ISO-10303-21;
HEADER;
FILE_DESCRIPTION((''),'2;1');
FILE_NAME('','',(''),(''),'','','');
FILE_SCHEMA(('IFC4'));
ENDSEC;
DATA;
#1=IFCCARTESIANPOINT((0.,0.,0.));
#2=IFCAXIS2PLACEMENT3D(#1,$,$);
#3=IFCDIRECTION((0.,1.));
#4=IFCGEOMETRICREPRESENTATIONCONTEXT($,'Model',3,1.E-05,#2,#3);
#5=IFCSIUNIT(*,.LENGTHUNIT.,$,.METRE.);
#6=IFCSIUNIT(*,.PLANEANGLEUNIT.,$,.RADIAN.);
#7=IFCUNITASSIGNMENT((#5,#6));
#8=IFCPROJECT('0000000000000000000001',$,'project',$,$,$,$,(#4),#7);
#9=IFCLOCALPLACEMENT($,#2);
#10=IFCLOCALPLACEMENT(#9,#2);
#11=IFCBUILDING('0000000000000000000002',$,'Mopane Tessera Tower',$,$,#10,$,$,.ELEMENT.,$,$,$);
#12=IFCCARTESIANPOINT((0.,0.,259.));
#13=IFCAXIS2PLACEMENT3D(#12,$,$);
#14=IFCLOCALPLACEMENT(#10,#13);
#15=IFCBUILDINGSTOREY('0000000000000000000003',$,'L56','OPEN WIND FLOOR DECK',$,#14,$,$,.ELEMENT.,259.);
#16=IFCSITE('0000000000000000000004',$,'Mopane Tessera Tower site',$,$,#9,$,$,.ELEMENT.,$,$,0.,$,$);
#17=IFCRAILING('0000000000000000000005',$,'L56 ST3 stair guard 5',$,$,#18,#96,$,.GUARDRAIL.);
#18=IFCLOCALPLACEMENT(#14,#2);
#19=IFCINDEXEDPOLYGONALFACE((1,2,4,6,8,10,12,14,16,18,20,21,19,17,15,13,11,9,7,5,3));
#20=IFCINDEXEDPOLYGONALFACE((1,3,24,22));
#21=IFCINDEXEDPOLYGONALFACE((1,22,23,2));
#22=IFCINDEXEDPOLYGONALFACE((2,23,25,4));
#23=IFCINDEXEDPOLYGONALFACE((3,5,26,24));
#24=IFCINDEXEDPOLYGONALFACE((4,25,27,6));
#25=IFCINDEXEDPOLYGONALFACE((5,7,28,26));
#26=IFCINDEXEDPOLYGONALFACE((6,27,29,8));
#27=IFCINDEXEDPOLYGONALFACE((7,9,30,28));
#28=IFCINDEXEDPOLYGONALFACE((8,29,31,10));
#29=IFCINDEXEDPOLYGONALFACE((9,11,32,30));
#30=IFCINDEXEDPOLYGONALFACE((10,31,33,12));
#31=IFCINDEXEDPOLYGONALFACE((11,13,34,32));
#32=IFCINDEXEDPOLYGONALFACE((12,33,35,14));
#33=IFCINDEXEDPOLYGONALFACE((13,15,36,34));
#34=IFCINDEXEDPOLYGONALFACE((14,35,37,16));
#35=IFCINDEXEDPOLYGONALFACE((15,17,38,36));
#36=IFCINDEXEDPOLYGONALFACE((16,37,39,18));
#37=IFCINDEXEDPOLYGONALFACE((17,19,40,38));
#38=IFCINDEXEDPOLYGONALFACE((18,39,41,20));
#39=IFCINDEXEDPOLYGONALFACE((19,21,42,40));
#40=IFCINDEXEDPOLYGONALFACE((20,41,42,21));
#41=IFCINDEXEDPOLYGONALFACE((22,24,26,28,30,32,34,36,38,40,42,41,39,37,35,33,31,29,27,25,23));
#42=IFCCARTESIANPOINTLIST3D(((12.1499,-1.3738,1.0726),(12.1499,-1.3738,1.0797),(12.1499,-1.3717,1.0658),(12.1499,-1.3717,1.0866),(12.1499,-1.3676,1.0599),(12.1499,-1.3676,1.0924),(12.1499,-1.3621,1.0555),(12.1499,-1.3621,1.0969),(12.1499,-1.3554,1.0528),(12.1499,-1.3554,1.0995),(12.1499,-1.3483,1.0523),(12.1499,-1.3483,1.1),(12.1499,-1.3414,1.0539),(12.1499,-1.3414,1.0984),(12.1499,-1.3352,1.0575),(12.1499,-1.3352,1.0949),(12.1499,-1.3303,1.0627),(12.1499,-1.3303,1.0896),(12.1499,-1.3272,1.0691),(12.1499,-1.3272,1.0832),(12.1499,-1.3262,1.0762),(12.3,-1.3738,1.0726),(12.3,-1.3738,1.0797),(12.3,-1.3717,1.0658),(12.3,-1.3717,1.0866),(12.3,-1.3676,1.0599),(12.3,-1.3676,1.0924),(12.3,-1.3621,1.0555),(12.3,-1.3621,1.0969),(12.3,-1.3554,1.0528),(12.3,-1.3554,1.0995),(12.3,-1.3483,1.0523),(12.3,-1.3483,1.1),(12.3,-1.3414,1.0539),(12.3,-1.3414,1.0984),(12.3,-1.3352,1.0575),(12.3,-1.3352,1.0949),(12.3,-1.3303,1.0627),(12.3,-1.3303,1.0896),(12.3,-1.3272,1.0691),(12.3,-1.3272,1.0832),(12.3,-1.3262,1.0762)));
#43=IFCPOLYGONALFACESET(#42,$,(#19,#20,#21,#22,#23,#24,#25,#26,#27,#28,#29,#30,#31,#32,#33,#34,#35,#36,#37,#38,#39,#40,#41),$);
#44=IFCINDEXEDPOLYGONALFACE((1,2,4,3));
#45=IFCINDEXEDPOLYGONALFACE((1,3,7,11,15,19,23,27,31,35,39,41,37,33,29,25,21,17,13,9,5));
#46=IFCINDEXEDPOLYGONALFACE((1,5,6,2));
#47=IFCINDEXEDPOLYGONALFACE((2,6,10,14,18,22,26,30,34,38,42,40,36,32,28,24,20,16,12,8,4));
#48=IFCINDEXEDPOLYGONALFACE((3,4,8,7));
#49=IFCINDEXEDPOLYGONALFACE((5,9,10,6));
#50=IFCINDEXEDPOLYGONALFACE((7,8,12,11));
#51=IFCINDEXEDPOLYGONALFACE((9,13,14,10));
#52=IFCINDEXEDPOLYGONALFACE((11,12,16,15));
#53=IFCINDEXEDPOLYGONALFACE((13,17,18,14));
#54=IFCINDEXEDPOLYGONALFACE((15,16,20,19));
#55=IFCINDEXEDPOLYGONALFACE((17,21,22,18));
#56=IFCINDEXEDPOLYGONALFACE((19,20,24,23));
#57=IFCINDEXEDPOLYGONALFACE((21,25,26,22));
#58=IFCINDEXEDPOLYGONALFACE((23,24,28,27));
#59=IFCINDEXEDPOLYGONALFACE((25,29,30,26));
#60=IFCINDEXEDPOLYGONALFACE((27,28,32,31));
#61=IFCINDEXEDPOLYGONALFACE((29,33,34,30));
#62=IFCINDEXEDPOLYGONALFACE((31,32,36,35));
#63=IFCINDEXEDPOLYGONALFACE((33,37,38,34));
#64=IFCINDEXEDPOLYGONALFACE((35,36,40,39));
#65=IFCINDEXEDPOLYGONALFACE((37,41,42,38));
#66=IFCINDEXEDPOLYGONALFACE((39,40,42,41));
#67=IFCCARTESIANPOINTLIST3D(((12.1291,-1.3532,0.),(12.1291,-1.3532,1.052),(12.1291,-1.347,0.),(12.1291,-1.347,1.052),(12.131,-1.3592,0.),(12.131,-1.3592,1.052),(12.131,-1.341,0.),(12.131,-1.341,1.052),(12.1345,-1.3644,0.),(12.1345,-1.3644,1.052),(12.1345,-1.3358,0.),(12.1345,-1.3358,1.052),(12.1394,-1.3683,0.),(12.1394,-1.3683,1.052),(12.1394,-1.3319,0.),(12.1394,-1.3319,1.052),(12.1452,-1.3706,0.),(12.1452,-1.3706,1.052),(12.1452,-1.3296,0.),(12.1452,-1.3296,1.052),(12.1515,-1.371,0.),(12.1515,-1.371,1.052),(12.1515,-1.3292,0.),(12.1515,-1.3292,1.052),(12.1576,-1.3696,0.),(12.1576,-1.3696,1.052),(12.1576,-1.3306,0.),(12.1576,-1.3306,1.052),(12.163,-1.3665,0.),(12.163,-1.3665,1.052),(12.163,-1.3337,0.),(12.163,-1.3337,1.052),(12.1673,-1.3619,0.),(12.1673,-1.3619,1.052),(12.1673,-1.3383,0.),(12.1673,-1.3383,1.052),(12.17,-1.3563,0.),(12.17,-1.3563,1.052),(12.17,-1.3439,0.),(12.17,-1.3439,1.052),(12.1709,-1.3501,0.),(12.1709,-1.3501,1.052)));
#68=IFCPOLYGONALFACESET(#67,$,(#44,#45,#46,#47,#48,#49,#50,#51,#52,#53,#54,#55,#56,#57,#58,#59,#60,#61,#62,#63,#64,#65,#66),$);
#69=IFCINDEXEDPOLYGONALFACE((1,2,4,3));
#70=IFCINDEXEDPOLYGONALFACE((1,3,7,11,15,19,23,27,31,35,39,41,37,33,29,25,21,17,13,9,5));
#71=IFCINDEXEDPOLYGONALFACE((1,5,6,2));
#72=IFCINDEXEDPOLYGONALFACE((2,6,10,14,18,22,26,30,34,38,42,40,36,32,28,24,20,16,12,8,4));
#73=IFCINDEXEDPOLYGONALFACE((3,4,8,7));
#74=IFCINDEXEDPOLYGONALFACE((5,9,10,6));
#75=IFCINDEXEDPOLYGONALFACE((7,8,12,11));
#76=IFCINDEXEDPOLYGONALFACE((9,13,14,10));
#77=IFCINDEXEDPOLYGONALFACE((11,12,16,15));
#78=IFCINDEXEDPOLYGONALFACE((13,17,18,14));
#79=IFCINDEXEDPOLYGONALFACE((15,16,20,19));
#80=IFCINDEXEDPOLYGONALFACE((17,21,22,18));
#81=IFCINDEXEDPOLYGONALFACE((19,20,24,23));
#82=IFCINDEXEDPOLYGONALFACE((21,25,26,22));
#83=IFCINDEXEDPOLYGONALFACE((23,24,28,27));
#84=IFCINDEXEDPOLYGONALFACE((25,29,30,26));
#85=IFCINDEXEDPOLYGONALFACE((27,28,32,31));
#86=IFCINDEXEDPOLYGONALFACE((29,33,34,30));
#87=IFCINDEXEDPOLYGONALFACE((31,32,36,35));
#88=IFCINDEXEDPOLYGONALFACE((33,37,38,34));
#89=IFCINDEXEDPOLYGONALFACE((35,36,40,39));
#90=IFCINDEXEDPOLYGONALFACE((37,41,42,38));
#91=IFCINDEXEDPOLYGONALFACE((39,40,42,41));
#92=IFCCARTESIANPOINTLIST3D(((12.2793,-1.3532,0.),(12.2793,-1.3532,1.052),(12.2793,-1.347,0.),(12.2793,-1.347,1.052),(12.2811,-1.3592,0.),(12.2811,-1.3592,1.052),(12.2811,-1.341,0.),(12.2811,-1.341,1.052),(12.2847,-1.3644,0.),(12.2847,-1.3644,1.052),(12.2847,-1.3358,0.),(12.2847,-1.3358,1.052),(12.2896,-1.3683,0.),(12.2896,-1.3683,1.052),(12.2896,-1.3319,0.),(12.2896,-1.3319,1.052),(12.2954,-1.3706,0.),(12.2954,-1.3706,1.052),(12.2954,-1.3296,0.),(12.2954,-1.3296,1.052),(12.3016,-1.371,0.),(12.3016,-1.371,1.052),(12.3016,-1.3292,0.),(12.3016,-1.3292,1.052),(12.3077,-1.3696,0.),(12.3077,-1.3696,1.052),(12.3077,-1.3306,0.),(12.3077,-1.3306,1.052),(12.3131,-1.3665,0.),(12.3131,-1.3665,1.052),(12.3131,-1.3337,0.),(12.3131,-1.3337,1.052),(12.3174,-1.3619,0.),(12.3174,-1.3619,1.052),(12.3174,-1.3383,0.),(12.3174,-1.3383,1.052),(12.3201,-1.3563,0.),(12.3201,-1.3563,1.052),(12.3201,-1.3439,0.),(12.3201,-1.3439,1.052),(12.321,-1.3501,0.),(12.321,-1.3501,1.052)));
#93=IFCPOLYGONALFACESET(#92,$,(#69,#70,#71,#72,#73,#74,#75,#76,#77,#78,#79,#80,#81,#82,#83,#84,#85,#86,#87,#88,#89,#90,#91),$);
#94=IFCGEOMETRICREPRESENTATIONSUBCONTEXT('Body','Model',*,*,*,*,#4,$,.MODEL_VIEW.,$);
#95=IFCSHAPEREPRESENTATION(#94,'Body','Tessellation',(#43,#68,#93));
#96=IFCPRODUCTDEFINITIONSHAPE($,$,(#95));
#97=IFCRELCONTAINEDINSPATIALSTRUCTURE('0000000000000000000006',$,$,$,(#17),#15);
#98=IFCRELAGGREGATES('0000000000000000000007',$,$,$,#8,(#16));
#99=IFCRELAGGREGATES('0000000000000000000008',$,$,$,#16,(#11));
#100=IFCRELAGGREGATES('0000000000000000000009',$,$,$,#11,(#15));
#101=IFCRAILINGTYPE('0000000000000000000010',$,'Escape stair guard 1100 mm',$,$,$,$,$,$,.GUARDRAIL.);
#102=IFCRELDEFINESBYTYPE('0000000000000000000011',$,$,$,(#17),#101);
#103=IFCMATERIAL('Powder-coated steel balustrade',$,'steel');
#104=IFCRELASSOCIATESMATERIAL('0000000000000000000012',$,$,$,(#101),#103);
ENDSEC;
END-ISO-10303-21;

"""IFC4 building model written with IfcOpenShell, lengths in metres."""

from ifc_helpers import new_model, si_unit, direction, frame, origin, origin_2d, place, context, subcontext, project, spatial, circle, extrude, material, type_object, element, save


model = new_model("IFC4")

# Units and contexts
model_context = context("Model", 3, precision=1e-05, world=origin(), true_north=direction((0.0, 1.0)))
body_context = subcontext(model_context, "Body", "Model", "MODEL_VIEW")
ifc_project = project(units=[si_unit("LENGTHUNIT", "METRE"), si_unit("PLANEANGLEUNIT", "RADIAN")], contexts=[model_context])

# Site, building, storey
site_placement = place(None, origin())
site = spatial("IfcSite", under=ifc_project, at=site_placement, Name="Mopane Tessera Tower site", CompositionType="ELEMENT", RefElevation=0.0)
building_placement = place(site_placement, origin())
building = spatial("IfcBuilding", under=site, at=building_placement, Name="Mopane Tessera Tower", CompositionType="ELEMENT")
storey_placement = place(building_placement, frame((0.0, 0.0, 259.0)))
storey = spatial("IfcBuildingStorey", under=building, at=storey_placement, Name="L56", Description="OPEN WIND FLOOR DECK", CompositionType="ELEMENT", Elevation=259.0)

# Railing
ifc_material_1 = material(Name="Powder-coated steel balustrade", Category="steel")
railing_type_1 = type_object("IfcRailingType", Name="Escape stair guard 1100 mm", PredefinedType="GUARDRAIL", material=ifc_material_1)
railing_1_placement = place(storey_placement, frame((12.1499, -1.3501, 0.0)))
element("IfcRailing", 1, at=railing_1_placement, inside=storey, type_object=railing_type_1, Name="L56 ST3 stair guard 5", PredefinedType="GUARDRAIL", context=body_context, shape_type="SweptSolid", body=[
    extrude(circle(Radius=0.0239, at=origin_2d()), frame((0.0, 0.0, 1.0762), z_axis=(1.0, 0.0, 0.0), x_axis=(0.0, 1.0, 0.0)), (0.0, 0.0, 1.0), 0.1501),
    extrude(circle(Radius=0.021, at=origin_2d()), origin(), (0.0, 0.0, 1.0), 1.052),
    extrude(circle(Radius=0.021, at=origin_2d()), frame((0.1501, 0.0, 0.0)), (0.0, 0.0, 1.0), 1.052),
])

save(model, "model.ifc")
